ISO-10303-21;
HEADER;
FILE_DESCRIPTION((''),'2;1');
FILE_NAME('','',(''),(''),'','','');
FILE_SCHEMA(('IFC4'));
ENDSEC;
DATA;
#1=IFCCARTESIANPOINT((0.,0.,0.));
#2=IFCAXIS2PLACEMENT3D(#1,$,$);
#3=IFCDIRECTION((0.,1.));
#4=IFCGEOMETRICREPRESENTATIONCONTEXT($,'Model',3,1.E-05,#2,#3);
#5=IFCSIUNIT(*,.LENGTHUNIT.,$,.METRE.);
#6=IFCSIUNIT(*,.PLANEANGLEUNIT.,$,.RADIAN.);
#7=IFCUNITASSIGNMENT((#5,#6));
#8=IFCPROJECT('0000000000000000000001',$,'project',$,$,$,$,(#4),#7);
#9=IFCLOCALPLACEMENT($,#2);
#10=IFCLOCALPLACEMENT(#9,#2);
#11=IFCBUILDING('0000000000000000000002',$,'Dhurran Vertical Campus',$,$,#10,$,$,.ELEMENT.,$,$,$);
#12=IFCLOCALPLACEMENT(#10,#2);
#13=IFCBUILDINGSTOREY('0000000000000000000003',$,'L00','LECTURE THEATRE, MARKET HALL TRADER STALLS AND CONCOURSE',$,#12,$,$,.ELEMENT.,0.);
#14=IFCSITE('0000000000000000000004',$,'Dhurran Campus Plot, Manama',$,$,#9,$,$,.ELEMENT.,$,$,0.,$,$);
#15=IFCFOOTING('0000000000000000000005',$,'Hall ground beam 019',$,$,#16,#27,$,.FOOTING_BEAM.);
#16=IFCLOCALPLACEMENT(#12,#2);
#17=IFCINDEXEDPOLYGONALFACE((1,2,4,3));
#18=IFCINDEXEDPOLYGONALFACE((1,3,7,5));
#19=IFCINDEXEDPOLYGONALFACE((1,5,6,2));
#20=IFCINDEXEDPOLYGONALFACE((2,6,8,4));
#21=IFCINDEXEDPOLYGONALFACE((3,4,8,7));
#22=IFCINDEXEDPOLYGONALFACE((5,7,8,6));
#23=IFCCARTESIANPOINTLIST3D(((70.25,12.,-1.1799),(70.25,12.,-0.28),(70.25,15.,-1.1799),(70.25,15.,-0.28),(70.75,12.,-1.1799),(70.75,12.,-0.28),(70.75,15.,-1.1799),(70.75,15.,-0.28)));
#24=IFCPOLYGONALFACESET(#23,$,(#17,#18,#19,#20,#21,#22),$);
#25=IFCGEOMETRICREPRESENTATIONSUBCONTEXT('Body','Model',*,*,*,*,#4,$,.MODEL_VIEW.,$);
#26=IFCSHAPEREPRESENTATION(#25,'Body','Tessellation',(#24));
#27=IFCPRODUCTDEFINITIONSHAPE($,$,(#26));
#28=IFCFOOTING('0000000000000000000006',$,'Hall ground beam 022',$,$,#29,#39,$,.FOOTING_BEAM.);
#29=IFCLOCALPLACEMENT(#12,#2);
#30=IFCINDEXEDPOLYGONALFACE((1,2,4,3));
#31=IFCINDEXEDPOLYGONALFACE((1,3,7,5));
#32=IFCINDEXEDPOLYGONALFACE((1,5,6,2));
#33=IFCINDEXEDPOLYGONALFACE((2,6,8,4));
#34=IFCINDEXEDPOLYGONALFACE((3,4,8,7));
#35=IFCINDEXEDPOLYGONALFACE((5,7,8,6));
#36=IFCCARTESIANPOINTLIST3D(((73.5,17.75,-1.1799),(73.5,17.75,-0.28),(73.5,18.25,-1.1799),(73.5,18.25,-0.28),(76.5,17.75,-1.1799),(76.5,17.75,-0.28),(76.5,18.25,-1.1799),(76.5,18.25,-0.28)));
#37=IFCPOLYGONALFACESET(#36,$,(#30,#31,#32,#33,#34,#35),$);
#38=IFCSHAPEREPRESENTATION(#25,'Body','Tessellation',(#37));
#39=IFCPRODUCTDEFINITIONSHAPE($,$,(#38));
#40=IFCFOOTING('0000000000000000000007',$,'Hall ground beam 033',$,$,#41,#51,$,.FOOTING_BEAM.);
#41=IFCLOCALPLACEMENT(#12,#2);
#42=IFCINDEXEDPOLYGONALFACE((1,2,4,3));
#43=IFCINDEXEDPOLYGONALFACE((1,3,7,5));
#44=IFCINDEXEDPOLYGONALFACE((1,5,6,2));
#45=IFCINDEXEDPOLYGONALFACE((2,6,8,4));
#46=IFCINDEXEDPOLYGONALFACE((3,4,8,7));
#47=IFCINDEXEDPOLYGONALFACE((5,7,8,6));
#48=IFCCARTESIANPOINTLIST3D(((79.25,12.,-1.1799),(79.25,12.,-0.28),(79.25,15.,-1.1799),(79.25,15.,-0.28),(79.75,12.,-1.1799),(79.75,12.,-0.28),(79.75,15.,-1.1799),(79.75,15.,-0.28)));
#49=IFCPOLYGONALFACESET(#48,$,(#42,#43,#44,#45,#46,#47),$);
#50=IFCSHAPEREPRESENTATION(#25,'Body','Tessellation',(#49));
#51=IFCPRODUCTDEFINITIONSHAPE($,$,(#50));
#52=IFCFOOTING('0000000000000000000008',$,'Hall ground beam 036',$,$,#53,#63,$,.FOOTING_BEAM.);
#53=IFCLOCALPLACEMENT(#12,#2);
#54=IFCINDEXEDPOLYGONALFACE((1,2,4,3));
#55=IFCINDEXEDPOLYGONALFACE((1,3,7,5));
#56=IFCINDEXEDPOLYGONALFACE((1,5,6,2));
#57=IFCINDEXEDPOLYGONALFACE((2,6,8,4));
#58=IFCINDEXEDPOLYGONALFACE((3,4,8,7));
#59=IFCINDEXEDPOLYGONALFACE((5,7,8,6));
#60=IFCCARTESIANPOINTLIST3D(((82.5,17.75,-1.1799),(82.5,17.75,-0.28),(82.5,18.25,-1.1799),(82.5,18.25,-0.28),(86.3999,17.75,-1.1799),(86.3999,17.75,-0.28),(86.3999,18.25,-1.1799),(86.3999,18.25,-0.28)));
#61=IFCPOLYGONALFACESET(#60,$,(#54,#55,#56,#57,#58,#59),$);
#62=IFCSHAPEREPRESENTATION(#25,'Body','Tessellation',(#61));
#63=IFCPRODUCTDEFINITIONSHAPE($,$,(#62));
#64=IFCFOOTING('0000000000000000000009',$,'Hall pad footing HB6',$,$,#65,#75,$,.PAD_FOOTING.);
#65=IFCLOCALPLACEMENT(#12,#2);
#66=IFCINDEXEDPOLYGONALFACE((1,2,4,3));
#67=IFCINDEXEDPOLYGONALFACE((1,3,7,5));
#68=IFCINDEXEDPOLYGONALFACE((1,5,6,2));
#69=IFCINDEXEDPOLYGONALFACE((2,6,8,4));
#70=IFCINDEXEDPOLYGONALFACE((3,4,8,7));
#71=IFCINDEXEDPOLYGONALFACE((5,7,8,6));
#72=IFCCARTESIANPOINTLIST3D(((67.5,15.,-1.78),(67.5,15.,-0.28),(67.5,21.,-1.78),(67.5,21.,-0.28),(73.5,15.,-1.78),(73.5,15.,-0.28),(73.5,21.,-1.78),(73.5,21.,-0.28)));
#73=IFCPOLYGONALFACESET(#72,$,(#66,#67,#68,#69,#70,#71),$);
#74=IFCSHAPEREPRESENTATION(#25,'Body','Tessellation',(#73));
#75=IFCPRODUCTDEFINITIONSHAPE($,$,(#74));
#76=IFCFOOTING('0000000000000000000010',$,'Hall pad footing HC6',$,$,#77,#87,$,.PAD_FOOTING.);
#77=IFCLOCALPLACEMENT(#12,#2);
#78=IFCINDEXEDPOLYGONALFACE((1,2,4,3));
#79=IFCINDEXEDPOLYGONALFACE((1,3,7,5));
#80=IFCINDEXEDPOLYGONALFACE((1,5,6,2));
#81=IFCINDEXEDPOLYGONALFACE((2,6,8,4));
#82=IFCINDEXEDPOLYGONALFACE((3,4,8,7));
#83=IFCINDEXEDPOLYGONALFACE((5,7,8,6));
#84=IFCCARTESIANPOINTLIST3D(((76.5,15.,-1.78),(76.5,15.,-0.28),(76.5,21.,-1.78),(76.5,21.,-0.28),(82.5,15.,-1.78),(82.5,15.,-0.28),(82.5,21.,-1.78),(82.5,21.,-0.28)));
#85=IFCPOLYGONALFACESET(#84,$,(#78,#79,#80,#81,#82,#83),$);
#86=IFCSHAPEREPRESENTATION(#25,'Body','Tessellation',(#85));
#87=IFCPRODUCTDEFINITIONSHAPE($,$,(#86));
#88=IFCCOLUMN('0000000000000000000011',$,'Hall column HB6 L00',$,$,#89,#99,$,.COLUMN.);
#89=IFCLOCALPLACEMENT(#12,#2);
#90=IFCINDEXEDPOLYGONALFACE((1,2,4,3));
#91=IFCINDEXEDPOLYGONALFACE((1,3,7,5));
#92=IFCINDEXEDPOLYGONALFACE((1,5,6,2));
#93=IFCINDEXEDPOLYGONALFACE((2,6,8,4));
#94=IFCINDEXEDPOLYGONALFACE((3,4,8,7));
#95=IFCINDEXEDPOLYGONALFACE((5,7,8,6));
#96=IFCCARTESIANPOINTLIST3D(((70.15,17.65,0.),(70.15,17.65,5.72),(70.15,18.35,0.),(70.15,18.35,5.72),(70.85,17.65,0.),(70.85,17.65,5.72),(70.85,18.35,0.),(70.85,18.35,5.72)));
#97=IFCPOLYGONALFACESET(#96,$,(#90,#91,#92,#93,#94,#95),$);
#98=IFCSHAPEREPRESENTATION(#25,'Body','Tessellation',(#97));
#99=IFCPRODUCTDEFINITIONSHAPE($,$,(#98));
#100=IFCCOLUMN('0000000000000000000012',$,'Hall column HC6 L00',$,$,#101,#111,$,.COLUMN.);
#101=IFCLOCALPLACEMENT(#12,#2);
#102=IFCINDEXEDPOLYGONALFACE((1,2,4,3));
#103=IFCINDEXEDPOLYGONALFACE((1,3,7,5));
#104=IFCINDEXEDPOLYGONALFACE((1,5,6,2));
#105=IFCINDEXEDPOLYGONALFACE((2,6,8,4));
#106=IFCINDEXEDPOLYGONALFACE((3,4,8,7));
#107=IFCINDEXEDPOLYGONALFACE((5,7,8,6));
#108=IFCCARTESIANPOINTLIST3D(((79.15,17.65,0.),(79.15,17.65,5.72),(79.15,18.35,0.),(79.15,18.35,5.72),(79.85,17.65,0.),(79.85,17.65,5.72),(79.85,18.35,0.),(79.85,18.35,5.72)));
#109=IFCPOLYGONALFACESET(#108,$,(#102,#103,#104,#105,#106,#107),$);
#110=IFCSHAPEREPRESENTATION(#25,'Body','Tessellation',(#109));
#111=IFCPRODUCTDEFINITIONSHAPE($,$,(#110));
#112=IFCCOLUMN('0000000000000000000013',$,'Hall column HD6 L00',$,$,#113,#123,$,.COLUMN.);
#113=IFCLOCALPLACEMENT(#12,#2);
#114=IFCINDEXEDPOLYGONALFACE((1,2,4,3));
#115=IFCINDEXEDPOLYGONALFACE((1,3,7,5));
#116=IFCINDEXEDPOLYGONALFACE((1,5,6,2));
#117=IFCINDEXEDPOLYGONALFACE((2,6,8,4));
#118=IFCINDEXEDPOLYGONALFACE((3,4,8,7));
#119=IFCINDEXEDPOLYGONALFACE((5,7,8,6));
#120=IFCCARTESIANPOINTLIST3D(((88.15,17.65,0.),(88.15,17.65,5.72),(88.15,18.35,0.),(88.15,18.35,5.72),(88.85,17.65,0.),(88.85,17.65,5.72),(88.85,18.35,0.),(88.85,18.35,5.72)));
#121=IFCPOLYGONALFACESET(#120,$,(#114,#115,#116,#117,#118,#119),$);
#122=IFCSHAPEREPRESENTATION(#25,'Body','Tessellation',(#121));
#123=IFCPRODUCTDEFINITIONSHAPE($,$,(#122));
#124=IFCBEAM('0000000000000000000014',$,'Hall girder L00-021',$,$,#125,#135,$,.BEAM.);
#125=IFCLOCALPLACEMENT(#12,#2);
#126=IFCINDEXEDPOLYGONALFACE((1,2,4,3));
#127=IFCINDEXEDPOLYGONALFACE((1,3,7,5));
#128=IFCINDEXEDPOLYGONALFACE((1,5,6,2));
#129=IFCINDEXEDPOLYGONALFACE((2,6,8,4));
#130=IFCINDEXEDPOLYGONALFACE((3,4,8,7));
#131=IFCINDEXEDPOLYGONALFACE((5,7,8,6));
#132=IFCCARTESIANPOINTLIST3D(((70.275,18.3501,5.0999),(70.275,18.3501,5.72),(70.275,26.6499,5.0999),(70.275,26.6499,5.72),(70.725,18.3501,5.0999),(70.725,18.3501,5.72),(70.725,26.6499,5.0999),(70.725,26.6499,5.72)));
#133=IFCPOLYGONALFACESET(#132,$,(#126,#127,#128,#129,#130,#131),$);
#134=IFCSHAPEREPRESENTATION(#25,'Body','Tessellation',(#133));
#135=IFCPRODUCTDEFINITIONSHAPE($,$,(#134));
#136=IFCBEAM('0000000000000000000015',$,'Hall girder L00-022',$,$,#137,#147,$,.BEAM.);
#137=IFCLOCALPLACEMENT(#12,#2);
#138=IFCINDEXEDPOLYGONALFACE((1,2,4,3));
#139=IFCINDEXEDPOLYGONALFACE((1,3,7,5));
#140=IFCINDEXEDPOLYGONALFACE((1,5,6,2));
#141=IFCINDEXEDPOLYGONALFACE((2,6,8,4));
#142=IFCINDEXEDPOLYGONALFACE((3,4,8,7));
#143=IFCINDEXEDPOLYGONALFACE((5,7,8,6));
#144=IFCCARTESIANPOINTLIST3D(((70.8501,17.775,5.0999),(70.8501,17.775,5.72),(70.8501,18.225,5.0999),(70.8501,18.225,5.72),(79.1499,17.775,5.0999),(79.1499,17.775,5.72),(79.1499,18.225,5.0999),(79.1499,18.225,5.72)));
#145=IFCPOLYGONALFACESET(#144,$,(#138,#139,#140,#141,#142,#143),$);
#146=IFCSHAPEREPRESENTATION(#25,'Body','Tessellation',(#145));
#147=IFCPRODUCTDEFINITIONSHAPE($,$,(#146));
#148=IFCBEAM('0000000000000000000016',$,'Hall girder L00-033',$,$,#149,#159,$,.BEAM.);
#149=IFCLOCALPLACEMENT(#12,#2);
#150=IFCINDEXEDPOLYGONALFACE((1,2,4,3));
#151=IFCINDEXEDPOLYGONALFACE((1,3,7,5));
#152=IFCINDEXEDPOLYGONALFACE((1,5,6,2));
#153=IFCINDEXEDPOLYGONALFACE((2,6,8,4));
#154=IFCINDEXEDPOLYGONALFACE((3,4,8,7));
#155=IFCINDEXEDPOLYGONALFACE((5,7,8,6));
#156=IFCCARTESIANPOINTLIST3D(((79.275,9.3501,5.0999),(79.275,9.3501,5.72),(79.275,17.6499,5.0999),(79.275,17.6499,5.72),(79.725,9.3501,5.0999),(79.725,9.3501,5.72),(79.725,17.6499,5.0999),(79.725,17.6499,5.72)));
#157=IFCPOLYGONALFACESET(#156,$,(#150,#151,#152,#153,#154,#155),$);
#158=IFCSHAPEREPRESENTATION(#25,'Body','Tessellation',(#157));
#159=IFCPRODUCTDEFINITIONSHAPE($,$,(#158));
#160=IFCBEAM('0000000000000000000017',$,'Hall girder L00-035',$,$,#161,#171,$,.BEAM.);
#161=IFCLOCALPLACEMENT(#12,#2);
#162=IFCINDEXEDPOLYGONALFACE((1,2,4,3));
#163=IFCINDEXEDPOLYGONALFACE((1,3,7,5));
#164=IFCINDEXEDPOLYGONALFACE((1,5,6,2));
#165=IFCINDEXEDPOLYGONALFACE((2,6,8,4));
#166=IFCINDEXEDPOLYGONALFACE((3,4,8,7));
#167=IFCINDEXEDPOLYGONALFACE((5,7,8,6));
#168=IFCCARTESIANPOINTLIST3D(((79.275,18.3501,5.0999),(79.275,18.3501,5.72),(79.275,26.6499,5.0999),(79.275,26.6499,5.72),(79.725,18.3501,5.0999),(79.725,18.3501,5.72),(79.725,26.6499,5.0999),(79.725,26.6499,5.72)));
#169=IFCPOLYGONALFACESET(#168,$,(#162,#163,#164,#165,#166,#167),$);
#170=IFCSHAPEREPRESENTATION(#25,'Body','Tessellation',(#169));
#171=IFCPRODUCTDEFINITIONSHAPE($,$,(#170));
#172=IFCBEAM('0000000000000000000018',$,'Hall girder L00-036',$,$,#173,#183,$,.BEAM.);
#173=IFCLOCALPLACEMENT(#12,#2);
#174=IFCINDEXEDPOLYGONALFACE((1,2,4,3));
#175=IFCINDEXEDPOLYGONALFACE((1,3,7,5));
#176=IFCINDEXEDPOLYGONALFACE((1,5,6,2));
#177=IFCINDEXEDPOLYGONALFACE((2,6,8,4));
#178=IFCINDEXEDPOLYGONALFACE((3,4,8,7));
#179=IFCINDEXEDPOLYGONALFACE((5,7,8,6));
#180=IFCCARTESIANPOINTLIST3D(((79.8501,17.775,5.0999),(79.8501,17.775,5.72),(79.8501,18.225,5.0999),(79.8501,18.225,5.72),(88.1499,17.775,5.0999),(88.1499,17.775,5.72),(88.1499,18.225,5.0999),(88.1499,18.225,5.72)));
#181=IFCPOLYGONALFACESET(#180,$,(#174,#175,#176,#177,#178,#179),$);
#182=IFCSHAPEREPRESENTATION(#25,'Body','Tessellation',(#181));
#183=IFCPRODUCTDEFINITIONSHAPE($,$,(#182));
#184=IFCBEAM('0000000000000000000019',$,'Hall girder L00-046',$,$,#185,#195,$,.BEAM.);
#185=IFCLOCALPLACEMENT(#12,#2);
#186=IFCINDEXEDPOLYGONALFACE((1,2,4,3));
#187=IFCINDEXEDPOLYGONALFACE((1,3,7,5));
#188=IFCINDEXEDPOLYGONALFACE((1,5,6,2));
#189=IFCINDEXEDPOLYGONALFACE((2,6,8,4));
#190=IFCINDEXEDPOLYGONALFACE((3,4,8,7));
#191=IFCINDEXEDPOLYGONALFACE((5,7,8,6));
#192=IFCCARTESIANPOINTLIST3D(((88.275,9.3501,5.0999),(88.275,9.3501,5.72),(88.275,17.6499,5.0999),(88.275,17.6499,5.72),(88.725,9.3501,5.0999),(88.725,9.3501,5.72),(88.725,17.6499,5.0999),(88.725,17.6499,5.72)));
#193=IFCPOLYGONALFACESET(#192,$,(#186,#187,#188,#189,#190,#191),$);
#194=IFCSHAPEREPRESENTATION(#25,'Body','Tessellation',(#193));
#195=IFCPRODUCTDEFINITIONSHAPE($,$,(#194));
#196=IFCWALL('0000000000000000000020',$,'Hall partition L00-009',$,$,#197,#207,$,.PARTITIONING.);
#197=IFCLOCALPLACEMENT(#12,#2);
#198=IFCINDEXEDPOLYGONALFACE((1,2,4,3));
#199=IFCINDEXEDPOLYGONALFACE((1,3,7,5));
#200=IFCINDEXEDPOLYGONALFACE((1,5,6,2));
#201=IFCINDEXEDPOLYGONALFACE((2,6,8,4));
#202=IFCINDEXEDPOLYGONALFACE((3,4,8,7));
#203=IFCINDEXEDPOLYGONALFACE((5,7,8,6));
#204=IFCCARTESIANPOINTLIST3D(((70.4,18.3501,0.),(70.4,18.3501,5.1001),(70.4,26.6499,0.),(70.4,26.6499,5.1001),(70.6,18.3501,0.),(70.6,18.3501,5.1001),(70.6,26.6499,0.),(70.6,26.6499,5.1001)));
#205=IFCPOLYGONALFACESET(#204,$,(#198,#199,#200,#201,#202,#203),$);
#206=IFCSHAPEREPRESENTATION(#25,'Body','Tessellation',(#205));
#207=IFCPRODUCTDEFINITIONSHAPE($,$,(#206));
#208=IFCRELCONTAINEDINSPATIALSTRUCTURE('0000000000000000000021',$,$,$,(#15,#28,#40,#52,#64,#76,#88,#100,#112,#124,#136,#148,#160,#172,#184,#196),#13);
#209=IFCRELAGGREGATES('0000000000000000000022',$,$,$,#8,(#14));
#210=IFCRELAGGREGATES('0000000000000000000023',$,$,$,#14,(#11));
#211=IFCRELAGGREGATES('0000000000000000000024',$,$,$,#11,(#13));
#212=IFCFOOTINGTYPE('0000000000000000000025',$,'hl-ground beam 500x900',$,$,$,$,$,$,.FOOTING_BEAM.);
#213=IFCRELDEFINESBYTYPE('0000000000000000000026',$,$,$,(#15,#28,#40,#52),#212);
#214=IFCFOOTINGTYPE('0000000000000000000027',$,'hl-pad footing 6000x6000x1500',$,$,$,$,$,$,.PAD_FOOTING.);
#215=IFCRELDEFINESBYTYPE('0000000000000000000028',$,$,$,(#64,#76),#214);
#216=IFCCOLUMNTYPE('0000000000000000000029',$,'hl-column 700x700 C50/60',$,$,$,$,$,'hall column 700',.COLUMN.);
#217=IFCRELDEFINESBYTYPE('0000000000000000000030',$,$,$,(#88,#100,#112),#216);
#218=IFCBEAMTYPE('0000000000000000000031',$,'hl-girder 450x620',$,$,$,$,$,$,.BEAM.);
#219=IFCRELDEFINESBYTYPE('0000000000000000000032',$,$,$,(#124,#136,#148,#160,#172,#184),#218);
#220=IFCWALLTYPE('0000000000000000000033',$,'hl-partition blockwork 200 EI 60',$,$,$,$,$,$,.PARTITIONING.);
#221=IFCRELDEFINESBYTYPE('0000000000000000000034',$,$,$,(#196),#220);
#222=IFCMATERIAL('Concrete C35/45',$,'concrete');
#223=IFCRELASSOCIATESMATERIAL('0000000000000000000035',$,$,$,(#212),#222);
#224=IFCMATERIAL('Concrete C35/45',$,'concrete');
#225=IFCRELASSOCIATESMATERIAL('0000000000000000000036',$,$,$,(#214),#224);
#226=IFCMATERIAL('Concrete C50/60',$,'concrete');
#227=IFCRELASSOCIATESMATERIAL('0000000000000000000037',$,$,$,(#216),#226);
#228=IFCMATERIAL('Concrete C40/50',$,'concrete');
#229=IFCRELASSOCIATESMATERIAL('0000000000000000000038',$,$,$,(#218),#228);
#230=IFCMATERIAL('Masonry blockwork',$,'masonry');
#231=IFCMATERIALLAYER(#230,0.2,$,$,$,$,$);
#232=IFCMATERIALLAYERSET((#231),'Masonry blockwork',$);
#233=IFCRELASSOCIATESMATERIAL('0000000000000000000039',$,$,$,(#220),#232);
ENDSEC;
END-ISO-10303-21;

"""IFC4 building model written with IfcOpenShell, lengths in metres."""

from ifc_helpers import new_model, si_unit, direction, frame, frame_2d, origin, origin_2d, place, context, subcontext, project, spatial, rectangle, extrude, material, layer, layer_set, material_profile, profile_set, type_object, element, save


model = new_model("IFC4")

# Units and contexts
model_context = context("Model", 3, precision=1e-05, world=origin(), true_north=direction((0.0, 1.0)))
body_context = subcontext(model_context, "Body", "Model", "MODEL_VIEW")
ifc_project = project(units=[si_unit("LENGTHUNIT", "METRE"), si_unit("PLANEANGLEUNIT", "RADIAN")], contexts=[model_context])

# Site, building, storey
site_placement = place(None, origin())
site = spatial("IfcSite", under=ifc_project, at=site_placement, Name="Dhurran Campus Plot, Manama", CompositionType="ELEMENT", RefElevation=0.0)
building_placement = place(site_placement, origin())
building = spatial("IfcBuilding", under=site, at=building_placement, Name="Dhurran Vertical Campus", CompositionType="ELEMENT")
storey_placement = place(building_placement, origin())
storey = spatial("IfcBuildingStorey", under=building, at=storey_placement, Name="L00", Description="LECTURE THEATRE, MARKET HALL TRADER STALLS AND CONCOURSE", CompositionType="ELEMENT", Elevation=0.0)

# Footings
ifc_material_1 = material(Name="Concrete C35/45", Category="concrete")
ifc_material_profile_1 = material_profile(ifc_material_1, rectangle(XDim=0.5, YDim=0.8999, at=origin_2d()), Name="hl-ground beam 500x900")
ifc_profile_set_1 = profile_set([ifc_material_profile_1], Name="Concrete C35/45")
footing_type_1 = type_object("IfcFootingType", Name="hl-ground beam 500x900", PredefinedType="FOOTING_BEAM", material=ifc_profile_set_1)
for number, where, z_axis, x_axis, name in (
    (1, (70.5, 12.0, -0.73), (0.0, 1.0, 0.0), (-1.0, 0.0, 0.0), "Hall ground beam 019"),
    (2, (73.5, 18.0, -0.73), (1.0, 0.0, 0.0), (0.0, 1.0, 0.0), "Hall ground beam 022"),
    (3, (79.5, 12.0, -0.73), (0.0, 1.0, 0.0), (-1.0, 0.0, 0.0), "Hall ground beam 033"),
):
    element("IfcFooting", number, at=place(storey_placement, frame(where, z_axis=z_axis, x_axis=x_axis)), inside=storey, type_object=footing_type_1, Name=name, PredefinedType="FOOTING_BEAM", context=body_context, shape_type="SweptSolid", body=[
        extrude(rectangle(XDim=0.5, YDim=0.8999, at=origin_2d()), origin(), (0.0, 0.0, 1.0), 3.0),
    ])
footing_placement = place(storey_placement, frame((82.5, 18.0, -0.73), z_axis=(1.0, 0.0, 0.0), x_axis=(0.0, 1.0, 0.0)))
element("IfcFooting", 4, at=footing_placement, inside=storey, type_object=footing_type_1, Name="Hall ground beam 036", PredefinedType="FOOTING_BEAM", context=body_context, shape_type="SweptSolid", body=[
    extrude(rectangle(XDim=0.5, YDim=0.8999, at=origin_2d()), origin(), (0.0, 0.0, 1.0), 3.8999),
])
ifc_material_2 = material(Name="Concrete C35/45", Category="concrete")
footing_type_2 = type_object("IfcFootingType", Name="hl-pad footing 6000x6000x1500", PredefinedType="PAD_FOOTING", material=ifc_material_2)
for number, where, z_axis, x_axis, name in (
    (5, (70.5, 18.0, -1.78), (0.0, 0.0, 1.0), (1.0, 0.0, 0.0), "Hall pad footing HB6"),
    (6, (79.5, 18.0, -1.78), (0.0, 0.0, 1.0), (1.0, 0.0, 0.0), "Hall pad footing HC6"),
):
    element("IfcFooting", number, at=place(storey_placement, frame(where, z_axis=z_axis, x_axis=x_axis)), inside=storey, type_object=footing_type_2, Name=name, PredefinedType="PAD_FOOTING", context=body_context, shape_type="SweptSolid", body=[
        extrude(rectangle(XDim=6.0, YDim=6.0, at=origin_2d()), origin(), (0.0, 0.0, 1.0), 1.5),
    ])

# Columns
ifc_material_3 = material(Name="Concrete C50/60", Category="concrete")
ifc_material_profile_2 = material_profile(ifc_material_3, rectangle(XDim=0.7, YDim=0.7, at=origin_2d()), Name="hl-column 700x700 C50/60")
ifc_profile_set_2 = profile_set([ifc_material_profile_2], Name="Concrete C50/60")
column_type = type_object("IfcColumnType", Name="hl-column 700x700 C50/60", ElementType="hall column 700", PredefinedType="COLUMN", material=ifc_profile_set_2)
for number, where, z_axis, x_axis, name in (
    (7, (70.5, 18.0, 0.0), (0.0, 0.0, 1.0), (1.0, 0.0, 0.0), "Hall column HB6 L00"),
    (8, (79.5, 18.0, 0.0), (0.0, 0.0, 1.0), (1.0, 0.0, 0.0), "Hall column HC6 L00"),
    (9, (88.5, 18.0, 0.0), (0.0, 0.0, 1.0), (1.0, 0.0, 0.0), "Hall column HD6 L00"),
):
    element("IfcColumn", number, at=place(storey_placement, frame(where, z_axis=z_axis, x_axis=x_axis)), inside=storey, type_object=column_type, Name=name, PredefinedType="COLUMN", context=body_context, shape_type="SweptSolid", body=[
        extrude(rectangle(XDim=0.7, YDim=0.7, at=origin_2d()), origin(), (0.0, 0.0, 1.0), 5.72),
    ])

# Beams
ifc_material_4 = material(Name="Concrete C40/50", Category="concrete")
ifc_material_profile_3 = material_profile(ifc_material_4, rectangle(XDim=0.45, YDim=0.6201, at=origin_2d()), Name="hl-girder 450x620")
ifc_profile_set_3 = profile_set([ifc_material_profile_3], Name="Concrete C40/50")
beam_type = type_object("IfcBeamType", Name="hl-girder 450x620", PredefinedType="BEAM", material=ifc_profile_set_3)
for number, where, z_axis, x_axis, name in (
    (10, (70.5, 18.3501, 5.4099), (0.0, 1.0, 0.0), (-1.0, 0.0, 0.0), "Hall girder L00-021"),
    (11, (70.8501, 18.0, 5.4099), (1.0, 0.0, 0.0), (0.0, 1.0, 0.0), "Hall girder L00-022"),
    (12, (79.5, 9.3501, 5.4099), (0.0, 1.0, 0.0), (-1.0, 0.0, 0.0), "Hall girder L00-033"),
    (13, (79.5, 18.3501, 5.4099), (0.0, 1.0, 0.0), (-1.0, 0.0, 0.0), "Hall girder L00-035"),
    (14, (79.8501, 18.0, 5.4099), (1.0, 0.0, 0.0), (0.0, 1.0, 0.0), "Hall girder L00-036"),
    (15, (88.5, 9.3501, 5.4099), (0.0, 1.0, 0.0), (-1.0, 0.0, 0.0), "Hall girder L00-046"),
):
    element("IfcBeam", number, at=place(storey_placement, frame(where, z_axis=z_axis, x_axis=x_axis)), inside=storey, type_object=beam_type, Name=name, PredefinedType="BEAM", context=body_context, shape_type="SweptSolid", body=[
        extrude(rectangle(XDim=0.45, YDim=0.6201, at=origin_2d()), origin(), (0.0, 0.0, 1.0), 8.2998),
    ])

# Wall
ifc_material_5 = material(Name="Masonry blockwork", Category="masonry")
ifc_layer_1 = layer(ifc_material_5, 0.2)
ifc_layer_set_1 = layer_set([ifc_layer_1], Name="Masonry blockwork")
wall_type_1 = type_object("IfcWallType", Name="hl-partition blockwork 200 EI 60", PredefinedType="PARTITIONING", material=ifc_layer_set_1)
wall_1_placement = place(storey_placement, frame((70.5, 18.3501, 0.0), z_axis=(0.0, 0.0, 1.0), x_axis=(0.0, 1.0, 0.0)))
element("IfcWall", 16, at=wall_1_placement, inside=storey, type_object=wall_type_1, Name="Hall partition L00-009", PredefinedType="PARTITIONING", context=body_context, shape_type="SweptSolid", body=[
    extrude(rectangle(XDim=8.2998, YDim=0.2, at=frame_2d((4.1499, 0.0))), origin(), (0.0, 0.0, 1.0), 5.1001),
])

save(model, "model.ifc")
